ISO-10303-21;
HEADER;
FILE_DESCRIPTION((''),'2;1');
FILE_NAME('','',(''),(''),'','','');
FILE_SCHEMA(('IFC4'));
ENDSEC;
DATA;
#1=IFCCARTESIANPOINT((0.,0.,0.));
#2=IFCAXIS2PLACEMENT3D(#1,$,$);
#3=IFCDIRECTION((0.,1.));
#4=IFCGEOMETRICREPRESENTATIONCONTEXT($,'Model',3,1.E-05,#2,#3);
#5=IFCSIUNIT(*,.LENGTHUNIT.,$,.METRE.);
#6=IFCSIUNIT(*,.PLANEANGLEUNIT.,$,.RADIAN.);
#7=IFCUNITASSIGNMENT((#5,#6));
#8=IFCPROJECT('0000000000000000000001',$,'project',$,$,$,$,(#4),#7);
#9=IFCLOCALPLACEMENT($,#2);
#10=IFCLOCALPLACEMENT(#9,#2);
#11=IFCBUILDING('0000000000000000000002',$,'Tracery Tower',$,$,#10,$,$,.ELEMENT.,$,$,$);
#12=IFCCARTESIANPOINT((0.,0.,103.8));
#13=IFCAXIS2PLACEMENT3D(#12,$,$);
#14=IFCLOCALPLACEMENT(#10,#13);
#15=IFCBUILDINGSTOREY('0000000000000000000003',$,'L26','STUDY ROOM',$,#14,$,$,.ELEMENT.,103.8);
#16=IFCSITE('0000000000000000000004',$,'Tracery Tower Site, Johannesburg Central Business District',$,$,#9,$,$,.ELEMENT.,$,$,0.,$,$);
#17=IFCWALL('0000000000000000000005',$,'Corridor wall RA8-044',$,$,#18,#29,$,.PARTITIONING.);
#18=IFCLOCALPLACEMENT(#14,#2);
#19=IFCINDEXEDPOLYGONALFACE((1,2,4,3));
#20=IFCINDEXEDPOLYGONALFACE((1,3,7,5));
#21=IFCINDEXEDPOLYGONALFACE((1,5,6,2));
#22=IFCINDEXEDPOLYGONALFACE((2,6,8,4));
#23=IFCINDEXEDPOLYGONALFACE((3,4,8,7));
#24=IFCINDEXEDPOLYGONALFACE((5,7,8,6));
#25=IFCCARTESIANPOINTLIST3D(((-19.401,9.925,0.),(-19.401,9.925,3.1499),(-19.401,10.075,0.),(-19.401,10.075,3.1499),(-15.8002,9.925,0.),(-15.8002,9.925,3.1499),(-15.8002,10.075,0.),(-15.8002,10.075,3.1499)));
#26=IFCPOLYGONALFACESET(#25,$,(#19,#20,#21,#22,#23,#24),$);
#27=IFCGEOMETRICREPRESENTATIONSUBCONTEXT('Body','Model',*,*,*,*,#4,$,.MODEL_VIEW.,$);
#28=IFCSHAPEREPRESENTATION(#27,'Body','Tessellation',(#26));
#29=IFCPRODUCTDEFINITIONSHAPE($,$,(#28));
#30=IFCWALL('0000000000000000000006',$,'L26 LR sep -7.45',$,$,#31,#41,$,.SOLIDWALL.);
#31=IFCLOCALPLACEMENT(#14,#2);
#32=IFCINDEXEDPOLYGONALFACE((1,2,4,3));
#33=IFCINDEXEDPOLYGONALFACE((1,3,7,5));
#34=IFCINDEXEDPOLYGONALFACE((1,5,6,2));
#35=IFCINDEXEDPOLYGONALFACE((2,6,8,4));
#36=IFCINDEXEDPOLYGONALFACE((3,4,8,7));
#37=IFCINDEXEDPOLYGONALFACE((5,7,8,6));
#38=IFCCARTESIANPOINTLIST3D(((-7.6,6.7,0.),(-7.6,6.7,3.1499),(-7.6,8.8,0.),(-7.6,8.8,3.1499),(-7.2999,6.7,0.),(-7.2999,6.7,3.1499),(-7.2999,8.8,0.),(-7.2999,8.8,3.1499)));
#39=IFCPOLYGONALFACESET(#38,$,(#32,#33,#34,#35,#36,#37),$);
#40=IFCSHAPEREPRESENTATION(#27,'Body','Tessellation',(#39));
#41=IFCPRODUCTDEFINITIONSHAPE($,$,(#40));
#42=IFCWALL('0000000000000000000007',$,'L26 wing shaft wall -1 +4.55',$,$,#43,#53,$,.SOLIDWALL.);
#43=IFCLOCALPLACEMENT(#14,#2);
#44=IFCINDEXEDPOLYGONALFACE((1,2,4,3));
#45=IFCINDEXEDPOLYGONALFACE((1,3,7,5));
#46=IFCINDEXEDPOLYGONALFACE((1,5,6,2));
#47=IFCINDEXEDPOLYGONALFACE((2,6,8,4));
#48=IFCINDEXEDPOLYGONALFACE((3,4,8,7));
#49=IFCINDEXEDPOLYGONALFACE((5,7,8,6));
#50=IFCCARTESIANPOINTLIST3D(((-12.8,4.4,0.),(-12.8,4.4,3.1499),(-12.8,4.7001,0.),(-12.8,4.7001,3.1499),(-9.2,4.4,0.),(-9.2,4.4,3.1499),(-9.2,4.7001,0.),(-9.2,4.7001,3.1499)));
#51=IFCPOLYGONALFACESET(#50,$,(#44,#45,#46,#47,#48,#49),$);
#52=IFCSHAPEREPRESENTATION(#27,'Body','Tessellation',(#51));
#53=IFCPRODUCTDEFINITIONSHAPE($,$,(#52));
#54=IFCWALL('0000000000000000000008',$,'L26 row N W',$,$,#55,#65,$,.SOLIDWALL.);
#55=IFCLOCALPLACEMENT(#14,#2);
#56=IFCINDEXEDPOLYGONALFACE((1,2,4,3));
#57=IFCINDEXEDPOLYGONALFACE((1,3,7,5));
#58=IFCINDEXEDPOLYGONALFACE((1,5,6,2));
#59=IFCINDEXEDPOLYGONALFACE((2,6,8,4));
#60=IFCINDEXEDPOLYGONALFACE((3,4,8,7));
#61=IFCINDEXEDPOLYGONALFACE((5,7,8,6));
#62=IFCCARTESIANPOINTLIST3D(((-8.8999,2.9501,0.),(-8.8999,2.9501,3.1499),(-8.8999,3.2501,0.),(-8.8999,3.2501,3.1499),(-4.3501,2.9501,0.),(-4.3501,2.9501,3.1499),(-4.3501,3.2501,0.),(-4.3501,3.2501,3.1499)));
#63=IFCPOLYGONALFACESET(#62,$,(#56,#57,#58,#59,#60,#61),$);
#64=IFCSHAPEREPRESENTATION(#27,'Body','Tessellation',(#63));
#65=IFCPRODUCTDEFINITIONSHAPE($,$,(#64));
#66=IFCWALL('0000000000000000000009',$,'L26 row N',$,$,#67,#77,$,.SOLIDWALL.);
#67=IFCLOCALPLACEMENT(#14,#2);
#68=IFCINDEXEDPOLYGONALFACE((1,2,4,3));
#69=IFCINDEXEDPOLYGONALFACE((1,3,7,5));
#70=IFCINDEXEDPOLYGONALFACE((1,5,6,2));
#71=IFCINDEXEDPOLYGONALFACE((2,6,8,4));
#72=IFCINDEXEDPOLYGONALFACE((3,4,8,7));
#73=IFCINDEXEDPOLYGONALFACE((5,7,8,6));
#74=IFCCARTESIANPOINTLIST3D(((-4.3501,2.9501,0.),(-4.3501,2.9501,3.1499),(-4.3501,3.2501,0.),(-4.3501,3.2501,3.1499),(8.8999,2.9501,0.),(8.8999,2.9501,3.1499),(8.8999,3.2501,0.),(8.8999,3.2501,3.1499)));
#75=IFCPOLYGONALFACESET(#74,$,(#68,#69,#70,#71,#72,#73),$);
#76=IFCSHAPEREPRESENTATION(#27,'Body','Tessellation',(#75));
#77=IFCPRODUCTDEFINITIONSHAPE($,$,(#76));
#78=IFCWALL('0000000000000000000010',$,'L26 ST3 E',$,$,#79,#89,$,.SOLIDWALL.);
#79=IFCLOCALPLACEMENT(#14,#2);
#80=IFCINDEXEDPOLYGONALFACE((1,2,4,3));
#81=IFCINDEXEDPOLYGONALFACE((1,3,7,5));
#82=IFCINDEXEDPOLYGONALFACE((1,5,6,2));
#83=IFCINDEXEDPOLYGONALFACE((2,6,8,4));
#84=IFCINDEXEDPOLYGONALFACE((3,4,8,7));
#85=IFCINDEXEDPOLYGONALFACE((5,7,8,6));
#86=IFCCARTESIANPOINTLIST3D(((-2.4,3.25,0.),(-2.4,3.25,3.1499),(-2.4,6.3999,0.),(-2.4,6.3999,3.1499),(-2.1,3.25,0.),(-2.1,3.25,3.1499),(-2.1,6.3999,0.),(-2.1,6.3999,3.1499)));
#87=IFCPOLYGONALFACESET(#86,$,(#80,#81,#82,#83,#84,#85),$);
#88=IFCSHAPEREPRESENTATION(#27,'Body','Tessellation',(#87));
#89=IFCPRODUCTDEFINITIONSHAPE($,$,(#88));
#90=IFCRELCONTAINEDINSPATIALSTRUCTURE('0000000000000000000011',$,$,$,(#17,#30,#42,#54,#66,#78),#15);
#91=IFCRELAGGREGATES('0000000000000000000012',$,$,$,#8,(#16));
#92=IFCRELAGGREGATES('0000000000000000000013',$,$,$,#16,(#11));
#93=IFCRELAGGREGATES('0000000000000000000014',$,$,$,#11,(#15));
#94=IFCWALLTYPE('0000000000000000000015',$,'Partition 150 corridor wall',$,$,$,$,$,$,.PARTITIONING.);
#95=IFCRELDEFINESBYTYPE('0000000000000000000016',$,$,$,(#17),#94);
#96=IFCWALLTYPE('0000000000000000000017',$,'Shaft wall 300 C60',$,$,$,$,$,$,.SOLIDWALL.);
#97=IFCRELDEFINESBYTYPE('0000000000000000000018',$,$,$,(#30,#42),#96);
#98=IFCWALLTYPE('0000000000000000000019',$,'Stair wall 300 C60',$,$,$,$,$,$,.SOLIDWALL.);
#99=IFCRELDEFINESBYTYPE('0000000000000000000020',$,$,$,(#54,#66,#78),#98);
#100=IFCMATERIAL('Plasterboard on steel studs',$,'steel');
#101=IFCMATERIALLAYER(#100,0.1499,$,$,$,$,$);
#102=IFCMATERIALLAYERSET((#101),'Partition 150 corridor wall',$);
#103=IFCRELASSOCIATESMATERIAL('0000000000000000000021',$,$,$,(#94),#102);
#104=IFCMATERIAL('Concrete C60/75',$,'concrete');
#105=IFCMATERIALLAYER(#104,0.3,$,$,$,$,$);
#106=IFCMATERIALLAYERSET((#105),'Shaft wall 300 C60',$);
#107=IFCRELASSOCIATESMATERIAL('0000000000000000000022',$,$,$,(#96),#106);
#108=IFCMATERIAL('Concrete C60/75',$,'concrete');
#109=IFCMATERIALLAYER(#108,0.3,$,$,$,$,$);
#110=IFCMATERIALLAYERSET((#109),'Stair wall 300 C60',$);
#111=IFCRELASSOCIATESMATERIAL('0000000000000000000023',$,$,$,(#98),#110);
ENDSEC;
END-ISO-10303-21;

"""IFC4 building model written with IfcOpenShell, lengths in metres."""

from ifc_helpers import new_model, si_unit, direction, frame, frame_2d, origin, place, context, subcontext, project, spatial, rectangle, extrude, material, layer, layer_set, type_object, element, save


model = new_model("IFC4")

# Units and contexts
model_context = context("Model", 3, precision=1e-05, world=origin(), true_north=direction((0.0, 1.0)))
body_context = subcontext(model_context, "Body", "Model", "MODEL_VIEW")
ifc_project = project(units=[si_unit("LENGTHUNIT", "METRE"), si_unit("PLANEANGLEUNIT", "RADIAN")], contexts=[model_context])

# Site, building, storey
site_placement = place(None, origin())
site = spatial("IfcSite", under=ifc_project, at=site_placement, Name="Tracery Tower Site, Johannesburg Central Business District", CompositionType="ELEMENT", RefElevation=0.0)
building_placement = place(site_placement, origin())
building = spatial("IfcBuilding", under=site, at=building_placement, Name="Tracery Tower", CompositionType="ELEMENT")
storey_placement = place(building_placement, frame((0.0, 0.0, 103.8)))
storey = spatial("IfcBuildingStorey", under=building, at=storey_placement, Name="L26", Description="STUDY ROOM", CompositionType="ELEMENT", Elevation=103.8)

# Shared definitions
ifc_material_1 = material(Name="Plasterboard on steel studs", Category="steel")
ifc_layer_1 = layer(ifc_material_1, 0.1499)
ifc_layer_set_1 = layer_set([ifc_layer_1], Name="Partition 150 corridor wall")
wall_type_1 = type_object("IfcWallType", Name="Partition 150 corridor wall", PredefinedType="PARTITIONING", material=ifc_layer_set_1)

# Walls
wall_1_placement = place(storey_placement, frame((-19.4009, 10.0, 0.0), z_axis=(0.0, 0.0, 1.0), x_axis=(1.0, 0.0, 0.0)))
element("IfcWall", 1, at=wall_1_placement, inside=storey, type_object=wall_type_1, Name="Corridor wall RA8-044", PredefinedType="PARTITIONING", context=body_context, shape_type="SweptSolid", body=[
    extrude(rectangle(XDim=3.6008, YDim=0.1499, at=frame_2d((1.8003, 0.0))), origin(), (0.0, 0.0, 1.0), 3.1499),
])
ifc_material_2 = material(Name="Concrete C60/75", Category="concrete")
ifc_layer_2 = layer(ifc_material_2, 0.3)
ifc_layer_set_2 = layer_set([ifc_layer_2], Name="Shaft wall 300 C60")
wall_type_2 = type_object("IfcWallType", Name="Shaft wall 300 C60", PredefinedType="SOLIDWALL", material=ifc_layer_set_2)
wall_2_placement = place(storey_placement, frame((-7.45, 6.7, 0.0), z_axis=(0.0, 0.0, 1.0), x_axis=(0.0, 1.0, 0.0)))
element("IfcWall", 2, at=wall_2_placement, inside=storey, type_object=wall_type_2, Name="L26 LR sep -7.45", PredefinedType="SOLIDWALL", context=body_context, shape_type="SweptSolid", body=[
    extrude(rectangle(XDim=2.1001, YDim=0.3, at=frame_2d((1.05, 0.0))), origin(), (0.0, 0.0, 1.0), 3.1499),
])

# Wall
wall_3_placement = place(storey_placement, frame((-12.8, 4.55, 0.0), z_axis=(0.0, 0.0, 1.0), x_axis=(1.0, 0.0, 0.0)))
element("IfcWall", 3, at=wall_3_placement, inside=storey, type_object=wall_type_2, Name="L26 wing shaft wall -1 +4.55", PredefinedType="SOLIDWALL", context=body_context, shape_type="SweptSolid", body=[
    extrude(rectangle(XDim=3.6001, YDim=0.3, at=frame_2d((1.8, 0.0))), origin(), (0.0, 0.0, 1.0), 3.1499),
])

# Walls
ifc_material_3 = material(Name="Concrete C60/75", Category="concrete")
ifc_layer_3 = layer(ifc_material_3, 0.3)
ifc_layer_set_3 = layer_set([ifc_layer_3], Name="Stair wall 300 C60")
wall_type_3 = type_object("IfcWallType", Name="Stair wall 300 C60", PredefinedType="SOLIDWALL", material=ifc_layer_set_3)
wall_4_placement = place(storey_placement, frame((-8.8999, 3.1001, 0.0), z_axis=(0.0, 0.0, 1.0), x_axis=(1.0, 0.0, 0.0)))
element("IfcWall", 4, at=wall_4_placement, inside=storey, type_object=wall_type_3, Name="L26 row N W", PredefinedType="SOLIDWALL", context=body_context, shape_type="SweptSolid", body=[
    extrude(rectangle(XDim=4.5498, YDim=0.3, at=frame_2d((2.2749, 0.0))), origin(), (0.0, 0.0, 1.0), 3.1499),
])
wall_5_placement = place(storey_placement, frame((-4.3501, 3.1001, 0.0), z_axis=(0.0, 0.0, 1.0), x_axis=(1.0, 0.0, 0.0)))
element("IfcWall", 5, at=wall_5_placement, inside=storey, type_object=wall_type_3, Name="L26 row N", PredefinedType="SOLIDWALL", context=body_context, shape_type="SweptSolid", body=[
    extrude(rectangle(XDim=13.25, YDim=0.3, at=frame_2d((6.625, 0.0))), origin(), (0.0, 0.0, 1.0), 3.1499),
])
wall_6_placement = place(storey_placement, frame((-2.25, 3.25, 0.0), z_axis=(0.0, 0.0, 1.0), x_axis=(0.0, 1.0, 0.0)))
element("IfcWall", 6, at=wall_6_placement, inside=storey, type_object=wall_type_3, Name="L26 ST3 E", PredefinedType="SOLIDWALL", context=body_context, shape_type="SweptSolid", body=[
    extrude(rectangle(XDim=3.1499, YDim=0.3, at=frame_2d((1.575, 0.0))), origin(), (0.0, 0.0, 1.0), 3.1499),
])

save(model, "model.ifc")
